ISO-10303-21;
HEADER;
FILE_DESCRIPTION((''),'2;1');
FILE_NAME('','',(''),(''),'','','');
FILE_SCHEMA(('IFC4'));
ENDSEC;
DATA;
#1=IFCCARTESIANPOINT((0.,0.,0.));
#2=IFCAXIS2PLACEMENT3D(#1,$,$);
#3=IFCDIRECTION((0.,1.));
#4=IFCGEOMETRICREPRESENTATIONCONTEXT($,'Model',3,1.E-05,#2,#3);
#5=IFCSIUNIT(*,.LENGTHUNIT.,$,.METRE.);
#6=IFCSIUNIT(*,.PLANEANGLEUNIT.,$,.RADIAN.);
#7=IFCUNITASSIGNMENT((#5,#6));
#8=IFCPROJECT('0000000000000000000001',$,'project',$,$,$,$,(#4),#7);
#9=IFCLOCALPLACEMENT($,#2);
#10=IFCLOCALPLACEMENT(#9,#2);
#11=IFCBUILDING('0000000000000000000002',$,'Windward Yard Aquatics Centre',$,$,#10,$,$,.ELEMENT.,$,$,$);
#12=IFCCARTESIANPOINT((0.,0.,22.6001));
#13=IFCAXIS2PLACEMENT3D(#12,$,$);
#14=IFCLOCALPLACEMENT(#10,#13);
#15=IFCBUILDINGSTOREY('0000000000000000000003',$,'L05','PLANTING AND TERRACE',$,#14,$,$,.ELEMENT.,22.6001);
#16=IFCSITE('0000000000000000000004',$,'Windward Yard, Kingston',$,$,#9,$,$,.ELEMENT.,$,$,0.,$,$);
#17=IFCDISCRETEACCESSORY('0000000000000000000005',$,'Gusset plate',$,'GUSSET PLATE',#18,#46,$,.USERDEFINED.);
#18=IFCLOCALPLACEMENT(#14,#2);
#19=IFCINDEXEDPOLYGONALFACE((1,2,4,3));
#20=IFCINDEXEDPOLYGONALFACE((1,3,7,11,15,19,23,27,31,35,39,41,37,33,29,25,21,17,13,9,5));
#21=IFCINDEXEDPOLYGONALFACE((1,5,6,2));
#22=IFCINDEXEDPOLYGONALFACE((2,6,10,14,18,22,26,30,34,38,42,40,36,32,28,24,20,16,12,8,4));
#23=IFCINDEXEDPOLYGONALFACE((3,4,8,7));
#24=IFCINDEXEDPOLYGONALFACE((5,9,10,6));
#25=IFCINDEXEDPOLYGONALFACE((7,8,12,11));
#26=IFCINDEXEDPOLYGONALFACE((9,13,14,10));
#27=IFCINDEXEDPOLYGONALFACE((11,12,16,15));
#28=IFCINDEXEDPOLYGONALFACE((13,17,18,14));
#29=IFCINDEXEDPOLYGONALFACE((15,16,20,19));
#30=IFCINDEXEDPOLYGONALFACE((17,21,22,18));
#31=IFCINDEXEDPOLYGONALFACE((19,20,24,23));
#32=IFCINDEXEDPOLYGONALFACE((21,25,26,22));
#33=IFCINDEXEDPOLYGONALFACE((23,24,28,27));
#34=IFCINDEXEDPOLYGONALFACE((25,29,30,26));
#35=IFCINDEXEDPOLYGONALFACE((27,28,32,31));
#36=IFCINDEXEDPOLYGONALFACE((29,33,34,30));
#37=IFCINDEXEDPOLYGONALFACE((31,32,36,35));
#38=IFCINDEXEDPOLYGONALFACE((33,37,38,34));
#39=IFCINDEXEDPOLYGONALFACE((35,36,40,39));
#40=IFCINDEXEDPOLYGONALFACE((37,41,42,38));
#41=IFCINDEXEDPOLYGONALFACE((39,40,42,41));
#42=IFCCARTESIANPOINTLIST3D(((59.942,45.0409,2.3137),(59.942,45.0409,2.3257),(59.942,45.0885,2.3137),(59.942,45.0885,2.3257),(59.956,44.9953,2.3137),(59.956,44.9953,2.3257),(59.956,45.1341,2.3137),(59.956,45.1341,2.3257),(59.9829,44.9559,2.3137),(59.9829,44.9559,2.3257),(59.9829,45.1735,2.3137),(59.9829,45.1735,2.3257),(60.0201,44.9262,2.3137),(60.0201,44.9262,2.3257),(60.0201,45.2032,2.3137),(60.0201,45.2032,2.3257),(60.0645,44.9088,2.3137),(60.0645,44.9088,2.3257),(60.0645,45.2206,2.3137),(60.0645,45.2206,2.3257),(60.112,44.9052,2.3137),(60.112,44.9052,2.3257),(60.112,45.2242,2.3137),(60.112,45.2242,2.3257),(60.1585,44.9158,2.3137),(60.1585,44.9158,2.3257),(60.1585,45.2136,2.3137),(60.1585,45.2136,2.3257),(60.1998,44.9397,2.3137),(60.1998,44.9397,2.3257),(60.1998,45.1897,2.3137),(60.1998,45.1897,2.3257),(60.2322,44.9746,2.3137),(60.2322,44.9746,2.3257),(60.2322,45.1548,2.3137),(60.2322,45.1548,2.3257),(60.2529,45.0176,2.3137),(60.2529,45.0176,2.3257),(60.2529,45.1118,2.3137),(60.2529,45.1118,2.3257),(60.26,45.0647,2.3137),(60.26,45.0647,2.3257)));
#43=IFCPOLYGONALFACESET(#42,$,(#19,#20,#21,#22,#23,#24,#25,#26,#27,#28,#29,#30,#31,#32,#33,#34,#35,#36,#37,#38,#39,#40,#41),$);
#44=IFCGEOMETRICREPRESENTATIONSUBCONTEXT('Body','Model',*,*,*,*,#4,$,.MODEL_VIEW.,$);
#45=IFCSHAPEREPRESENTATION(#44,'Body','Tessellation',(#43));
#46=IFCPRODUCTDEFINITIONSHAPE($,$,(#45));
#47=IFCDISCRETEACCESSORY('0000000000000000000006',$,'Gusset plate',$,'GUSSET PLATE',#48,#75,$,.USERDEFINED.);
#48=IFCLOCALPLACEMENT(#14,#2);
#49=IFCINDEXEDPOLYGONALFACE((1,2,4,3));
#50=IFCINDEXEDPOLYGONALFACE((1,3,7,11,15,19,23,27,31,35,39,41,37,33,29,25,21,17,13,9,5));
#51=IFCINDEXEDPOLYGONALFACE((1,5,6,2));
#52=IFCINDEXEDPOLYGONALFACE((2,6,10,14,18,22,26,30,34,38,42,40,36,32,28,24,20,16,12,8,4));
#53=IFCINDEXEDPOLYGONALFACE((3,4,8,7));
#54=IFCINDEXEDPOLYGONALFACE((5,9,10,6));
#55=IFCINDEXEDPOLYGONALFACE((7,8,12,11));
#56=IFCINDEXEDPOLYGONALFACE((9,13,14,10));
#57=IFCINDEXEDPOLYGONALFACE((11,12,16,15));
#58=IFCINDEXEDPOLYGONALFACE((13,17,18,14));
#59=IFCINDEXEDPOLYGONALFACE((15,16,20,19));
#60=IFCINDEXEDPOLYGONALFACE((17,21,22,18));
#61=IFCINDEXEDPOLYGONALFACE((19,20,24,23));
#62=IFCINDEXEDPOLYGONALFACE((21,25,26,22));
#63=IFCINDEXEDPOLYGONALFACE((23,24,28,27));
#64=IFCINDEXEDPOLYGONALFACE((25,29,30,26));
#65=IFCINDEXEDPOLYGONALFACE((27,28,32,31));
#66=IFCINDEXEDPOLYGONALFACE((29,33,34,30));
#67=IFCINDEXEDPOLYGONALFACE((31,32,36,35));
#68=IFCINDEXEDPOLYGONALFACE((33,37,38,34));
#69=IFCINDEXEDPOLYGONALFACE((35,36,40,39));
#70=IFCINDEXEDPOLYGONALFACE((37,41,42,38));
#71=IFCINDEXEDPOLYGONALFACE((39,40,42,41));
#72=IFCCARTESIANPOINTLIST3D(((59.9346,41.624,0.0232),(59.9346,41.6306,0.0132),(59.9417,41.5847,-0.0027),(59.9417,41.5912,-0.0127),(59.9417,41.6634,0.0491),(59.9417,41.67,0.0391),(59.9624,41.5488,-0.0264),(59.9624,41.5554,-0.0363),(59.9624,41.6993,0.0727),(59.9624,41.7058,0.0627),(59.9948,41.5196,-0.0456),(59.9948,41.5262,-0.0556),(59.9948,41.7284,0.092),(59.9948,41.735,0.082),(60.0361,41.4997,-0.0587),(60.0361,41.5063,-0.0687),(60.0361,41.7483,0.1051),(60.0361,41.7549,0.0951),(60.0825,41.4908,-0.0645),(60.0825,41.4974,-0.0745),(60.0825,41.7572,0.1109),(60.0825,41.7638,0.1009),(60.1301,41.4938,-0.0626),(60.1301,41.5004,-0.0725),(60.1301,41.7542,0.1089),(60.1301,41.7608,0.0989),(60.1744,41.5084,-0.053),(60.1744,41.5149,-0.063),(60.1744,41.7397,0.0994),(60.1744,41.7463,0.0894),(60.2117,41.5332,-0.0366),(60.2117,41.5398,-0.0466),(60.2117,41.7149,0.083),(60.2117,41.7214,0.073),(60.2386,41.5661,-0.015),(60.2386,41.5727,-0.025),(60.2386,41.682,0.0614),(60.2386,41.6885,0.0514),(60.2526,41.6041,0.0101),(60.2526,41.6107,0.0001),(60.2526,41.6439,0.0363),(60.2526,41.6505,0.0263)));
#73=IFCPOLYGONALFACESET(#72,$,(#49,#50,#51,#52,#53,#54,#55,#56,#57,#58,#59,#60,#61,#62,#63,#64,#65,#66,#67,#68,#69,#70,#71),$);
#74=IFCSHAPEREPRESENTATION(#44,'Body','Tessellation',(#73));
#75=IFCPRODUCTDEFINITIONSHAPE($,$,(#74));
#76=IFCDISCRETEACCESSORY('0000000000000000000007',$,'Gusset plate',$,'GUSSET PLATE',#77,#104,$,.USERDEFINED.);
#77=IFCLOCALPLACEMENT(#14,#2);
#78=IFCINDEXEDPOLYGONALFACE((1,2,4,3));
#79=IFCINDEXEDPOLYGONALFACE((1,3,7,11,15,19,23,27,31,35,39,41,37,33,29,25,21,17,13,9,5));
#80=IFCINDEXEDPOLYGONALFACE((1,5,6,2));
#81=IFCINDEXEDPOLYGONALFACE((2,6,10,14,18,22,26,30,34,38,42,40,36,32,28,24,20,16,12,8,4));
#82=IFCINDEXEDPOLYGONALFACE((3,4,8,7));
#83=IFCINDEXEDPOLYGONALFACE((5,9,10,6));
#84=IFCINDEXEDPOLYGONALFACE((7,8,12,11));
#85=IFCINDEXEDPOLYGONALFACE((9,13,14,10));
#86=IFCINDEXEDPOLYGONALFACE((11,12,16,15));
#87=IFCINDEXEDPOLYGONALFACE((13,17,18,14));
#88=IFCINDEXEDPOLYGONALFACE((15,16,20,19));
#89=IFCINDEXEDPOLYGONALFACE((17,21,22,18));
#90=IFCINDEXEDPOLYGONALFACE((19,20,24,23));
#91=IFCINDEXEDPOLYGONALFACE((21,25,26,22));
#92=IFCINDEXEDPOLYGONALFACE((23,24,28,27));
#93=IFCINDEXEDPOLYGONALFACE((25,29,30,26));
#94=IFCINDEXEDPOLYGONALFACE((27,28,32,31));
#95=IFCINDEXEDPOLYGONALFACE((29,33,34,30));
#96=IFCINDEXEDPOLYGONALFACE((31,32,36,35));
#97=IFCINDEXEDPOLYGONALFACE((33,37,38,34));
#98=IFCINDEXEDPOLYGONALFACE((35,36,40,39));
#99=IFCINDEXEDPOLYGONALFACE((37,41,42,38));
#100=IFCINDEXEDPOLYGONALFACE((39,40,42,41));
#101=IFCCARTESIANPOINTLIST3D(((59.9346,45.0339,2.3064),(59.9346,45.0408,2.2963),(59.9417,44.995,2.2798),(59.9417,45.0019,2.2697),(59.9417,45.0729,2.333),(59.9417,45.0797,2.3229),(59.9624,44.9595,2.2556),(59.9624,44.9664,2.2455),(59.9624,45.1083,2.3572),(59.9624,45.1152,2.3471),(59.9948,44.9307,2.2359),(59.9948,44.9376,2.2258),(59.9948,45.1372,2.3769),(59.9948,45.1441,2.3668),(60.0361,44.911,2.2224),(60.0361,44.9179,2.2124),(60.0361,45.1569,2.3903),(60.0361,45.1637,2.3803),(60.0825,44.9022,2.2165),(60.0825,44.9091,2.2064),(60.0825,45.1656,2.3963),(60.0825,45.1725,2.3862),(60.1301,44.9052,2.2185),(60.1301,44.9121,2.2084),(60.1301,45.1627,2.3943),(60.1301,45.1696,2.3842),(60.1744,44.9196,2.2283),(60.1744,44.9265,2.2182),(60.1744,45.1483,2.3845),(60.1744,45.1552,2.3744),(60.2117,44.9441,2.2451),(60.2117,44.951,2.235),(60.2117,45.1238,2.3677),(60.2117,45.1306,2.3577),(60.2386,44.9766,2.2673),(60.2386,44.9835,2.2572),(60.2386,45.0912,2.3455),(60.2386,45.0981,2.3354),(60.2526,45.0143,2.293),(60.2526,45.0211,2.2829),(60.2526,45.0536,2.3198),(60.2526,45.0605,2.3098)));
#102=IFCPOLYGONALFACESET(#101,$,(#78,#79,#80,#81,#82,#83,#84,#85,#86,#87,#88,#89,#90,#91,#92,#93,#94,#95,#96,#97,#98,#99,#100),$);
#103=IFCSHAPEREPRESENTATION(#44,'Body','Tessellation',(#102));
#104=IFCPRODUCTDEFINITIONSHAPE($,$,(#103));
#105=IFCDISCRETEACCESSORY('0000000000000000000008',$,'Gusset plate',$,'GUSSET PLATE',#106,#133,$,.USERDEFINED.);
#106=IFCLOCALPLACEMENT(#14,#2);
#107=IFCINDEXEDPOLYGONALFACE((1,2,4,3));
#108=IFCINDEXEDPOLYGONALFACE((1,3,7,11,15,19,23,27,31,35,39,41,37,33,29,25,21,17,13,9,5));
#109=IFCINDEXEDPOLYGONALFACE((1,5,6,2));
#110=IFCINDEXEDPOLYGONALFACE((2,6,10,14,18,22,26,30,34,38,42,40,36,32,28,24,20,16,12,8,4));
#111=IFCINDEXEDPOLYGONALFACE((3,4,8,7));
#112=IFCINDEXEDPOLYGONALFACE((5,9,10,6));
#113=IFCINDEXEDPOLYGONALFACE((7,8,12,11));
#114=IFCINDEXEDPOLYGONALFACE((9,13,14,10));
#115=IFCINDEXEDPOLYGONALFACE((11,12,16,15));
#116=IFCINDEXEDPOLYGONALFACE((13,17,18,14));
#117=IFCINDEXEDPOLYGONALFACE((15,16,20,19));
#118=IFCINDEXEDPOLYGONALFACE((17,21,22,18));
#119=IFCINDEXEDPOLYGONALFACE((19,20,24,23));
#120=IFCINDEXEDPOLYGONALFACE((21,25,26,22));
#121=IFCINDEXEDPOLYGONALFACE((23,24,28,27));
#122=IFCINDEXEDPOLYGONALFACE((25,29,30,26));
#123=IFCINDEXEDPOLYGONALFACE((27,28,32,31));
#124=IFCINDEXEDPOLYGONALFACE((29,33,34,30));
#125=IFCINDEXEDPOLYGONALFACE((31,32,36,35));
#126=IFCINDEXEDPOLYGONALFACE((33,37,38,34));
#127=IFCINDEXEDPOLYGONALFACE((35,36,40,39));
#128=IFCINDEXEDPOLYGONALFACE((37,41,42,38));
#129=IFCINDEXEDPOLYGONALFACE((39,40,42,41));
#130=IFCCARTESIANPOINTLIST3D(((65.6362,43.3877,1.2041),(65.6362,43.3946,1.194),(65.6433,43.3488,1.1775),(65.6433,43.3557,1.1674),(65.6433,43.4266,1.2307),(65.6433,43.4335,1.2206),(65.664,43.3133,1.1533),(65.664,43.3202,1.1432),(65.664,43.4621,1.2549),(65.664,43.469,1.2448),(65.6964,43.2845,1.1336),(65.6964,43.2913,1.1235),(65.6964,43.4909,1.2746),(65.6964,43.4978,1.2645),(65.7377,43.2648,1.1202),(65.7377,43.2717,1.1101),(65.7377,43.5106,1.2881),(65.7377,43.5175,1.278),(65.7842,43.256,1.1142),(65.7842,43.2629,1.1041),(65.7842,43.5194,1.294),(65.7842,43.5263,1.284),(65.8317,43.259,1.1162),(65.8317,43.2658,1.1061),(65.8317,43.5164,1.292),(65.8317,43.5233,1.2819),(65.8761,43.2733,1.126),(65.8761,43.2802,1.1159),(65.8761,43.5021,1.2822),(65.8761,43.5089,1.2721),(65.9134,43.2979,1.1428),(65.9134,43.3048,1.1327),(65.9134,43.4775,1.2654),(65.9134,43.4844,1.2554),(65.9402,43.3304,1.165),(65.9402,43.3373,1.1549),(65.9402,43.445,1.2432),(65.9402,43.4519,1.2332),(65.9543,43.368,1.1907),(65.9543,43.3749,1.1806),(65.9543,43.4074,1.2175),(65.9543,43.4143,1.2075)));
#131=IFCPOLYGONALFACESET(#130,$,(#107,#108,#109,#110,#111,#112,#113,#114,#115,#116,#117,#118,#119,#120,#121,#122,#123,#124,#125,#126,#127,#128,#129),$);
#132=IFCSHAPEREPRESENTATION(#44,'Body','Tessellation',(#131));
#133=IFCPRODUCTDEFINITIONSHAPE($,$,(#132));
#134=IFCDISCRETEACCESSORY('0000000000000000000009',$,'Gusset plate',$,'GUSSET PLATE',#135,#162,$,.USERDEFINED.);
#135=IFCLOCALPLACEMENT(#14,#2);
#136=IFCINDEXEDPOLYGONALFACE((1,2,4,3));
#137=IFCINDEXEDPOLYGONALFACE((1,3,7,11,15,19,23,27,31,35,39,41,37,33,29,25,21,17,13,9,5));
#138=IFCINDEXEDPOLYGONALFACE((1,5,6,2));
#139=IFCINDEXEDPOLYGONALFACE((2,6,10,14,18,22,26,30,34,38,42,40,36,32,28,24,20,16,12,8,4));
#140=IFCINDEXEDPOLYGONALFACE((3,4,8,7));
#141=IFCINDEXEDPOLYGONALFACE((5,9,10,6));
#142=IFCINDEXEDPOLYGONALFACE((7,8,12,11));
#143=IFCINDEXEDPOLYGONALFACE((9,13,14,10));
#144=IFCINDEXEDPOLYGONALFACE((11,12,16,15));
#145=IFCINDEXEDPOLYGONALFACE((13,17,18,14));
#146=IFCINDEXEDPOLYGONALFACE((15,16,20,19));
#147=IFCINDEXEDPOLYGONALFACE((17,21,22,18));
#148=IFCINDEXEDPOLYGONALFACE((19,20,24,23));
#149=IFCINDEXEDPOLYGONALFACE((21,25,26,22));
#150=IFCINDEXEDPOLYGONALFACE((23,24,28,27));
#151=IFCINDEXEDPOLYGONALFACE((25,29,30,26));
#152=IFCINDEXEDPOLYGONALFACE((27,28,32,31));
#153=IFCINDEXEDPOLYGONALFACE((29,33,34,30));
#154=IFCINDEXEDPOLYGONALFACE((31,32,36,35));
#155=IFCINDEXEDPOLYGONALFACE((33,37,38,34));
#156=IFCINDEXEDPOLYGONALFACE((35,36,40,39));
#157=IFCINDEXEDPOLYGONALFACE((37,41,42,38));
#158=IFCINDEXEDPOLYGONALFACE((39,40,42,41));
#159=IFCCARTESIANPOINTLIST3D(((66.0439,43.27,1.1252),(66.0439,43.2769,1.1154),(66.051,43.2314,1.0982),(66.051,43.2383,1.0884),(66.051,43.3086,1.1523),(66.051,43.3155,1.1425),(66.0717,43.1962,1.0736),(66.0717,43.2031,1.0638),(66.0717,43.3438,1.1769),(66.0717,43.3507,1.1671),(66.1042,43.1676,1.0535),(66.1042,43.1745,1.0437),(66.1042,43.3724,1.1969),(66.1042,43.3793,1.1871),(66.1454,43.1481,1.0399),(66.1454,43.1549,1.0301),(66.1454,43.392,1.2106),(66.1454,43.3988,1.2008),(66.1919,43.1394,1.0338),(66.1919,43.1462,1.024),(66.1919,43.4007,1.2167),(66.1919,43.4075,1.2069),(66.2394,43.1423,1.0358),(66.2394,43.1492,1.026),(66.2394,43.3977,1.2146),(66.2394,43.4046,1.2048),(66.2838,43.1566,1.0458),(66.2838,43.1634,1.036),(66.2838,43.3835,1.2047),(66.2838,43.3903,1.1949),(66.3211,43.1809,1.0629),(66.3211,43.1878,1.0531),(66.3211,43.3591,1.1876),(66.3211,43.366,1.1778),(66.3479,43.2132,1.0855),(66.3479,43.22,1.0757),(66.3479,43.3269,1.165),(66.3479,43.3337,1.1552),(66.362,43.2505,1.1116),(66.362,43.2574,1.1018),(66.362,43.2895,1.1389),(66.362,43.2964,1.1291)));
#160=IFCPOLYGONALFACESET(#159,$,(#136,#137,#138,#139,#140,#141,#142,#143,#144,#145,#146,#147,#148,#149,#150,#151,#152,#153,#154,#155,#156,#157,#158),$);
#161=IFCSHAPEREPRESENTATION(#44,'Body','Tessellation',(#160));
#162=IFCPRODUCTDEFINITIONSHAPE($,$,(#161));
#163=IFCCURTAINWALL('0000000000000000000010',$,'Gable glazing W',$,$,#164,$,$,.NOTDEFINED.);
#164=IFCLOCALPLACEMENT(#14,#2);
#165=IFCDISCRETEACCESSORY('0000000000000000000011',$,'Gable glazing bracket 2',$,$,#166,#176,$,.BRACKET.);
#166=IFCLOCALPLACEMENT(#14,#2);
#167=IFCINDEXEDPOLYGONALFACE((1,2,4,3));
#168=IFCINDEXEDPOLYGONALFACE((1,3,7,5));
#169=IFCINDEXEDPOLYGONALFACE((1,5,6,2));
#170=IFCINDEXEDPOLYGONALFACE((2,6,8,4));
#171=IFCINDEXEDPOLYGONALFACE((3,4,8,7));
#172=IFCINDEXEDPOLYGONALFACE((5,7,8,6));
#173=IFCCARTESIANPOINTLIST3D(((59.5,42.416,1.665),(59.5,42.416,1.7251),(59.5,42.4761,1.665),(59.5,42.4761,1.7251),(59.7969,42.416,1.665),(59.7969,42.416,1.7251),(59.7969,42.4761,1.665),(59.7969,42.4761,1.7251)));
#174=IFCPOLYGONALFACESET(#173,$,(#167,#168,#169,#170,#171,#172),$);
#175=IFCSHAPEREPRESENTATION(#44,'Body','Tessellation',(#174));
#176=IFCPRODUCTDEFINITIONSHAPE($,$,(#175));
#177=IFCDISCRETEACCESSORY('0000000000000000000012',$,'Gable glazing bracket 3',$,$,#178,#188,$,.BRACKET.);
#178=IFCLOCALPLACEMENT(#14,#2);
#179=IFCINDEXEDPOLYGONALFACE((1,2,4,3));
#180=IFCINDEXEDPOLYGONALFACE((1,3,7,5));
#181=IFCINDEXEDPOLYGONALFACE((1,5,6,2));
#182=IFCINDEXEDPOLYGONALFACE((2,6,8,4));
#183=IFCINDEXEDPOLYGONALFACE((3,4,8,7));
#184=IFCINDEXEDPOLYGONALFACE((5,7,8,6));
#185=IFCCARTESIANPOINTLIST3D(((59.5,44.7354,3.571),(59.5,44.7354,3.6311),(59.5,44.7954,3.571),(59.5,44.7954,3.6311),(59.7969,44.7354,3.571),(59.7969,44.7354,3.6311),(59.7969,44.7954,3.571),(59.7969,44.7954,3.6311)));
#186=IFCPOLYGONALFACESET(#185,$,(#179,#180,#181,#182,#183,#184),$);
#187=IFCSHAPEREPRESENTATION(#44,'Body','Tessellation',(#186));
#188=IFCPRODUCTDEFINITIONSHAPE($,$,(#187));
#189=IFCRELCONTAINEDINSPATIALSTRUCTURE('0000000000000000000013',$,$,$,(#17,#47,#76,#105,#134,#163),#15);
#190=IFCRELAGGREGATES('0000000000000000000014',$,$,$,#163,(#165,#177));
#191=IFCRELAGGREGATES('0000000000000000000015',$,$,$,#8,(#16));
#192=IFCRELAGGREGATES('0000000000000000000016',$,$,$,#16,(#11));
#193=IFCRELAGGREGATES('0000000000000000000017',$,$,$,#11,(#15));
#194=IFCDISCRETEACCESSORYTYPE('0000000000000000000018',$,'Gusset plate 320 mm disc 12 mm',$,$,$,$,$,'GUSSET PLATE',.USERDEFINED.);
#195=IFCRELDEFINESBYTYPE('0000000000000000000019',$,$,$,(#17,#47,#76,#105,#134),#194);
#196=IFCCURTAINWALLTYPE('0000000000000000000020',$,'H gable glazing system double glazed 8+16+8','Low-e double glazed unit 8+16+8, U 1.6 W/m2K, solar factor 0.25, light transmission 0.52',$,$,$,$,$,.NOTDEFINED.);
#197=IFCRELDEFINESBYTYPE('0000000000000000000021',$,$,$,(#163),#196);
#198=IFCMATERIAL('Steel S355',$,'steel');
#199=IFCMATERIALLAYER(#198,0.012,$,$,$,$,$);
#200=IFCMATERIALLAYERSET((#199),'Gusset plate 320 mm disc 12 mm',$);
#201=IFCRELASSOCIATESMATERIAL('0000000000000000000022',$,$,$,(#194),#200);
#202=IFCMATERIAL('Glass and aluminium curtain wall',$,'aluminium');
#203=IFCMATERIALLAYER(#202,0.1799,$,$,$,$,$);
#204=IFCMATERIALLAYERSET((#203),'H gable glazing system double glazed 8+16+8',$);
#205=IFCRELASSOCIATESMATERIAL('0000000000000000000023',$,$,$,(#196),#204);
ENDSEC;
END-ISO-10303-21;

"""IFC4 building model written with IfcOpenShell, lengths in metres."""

from ifc_helpers import new_model, si_unit, direction, frame, origin, origin_2d, place, context, subcontext, project, spatial, rectangle, circle, extrude, material, layer, layer_set, type_object, element, aggregate, save


model = new_model("IFC4")

# Units and contexts
model_context = context("Model", 3, precision=1e-05, world=origin(), true_north=direction((0.0, 1.0)))
body_context = subcontext(model_context, "Body", "Model", "MODEL_VIEW")
ifc_project = project(units=[si_unit("LENGTHUNIT", "METRE"), si_unit("PLANEANGLEUNIT", "RADIAN")], contexts=[model_context])

# Site, building, storey
site_placement = place(None, origin())
site = spatial("IfcSite", under=ifc_project, at=site_placement, Name="Windward Yard, Kingston", CompositionType="ELEMENT", RefElevation=0.0)
building_placement = place(site_placement, origin())
building = spatial("IfcBuilding", under=site, at=building_placement, Name="Windward Yard Aquatics Centre", CompositionType="ELEMENT")
storey_placement = place(building_placement, frame((0.0, 0.0, 22.6001)))
storey = spatial("IfcBuildingStorey", under=building, at=storey_placement, Name="L05", Description="PLANTING AND TERRACE", CompositionType="ELEMENT", Elevation=22.6001)

# Discrete accessories
ifc_material_1 = material(Name="Steel S355", Category="steel")
ifc_layer_1 = layer(ifc_material_1, 0.012)
ifc_layer_set_1 = layer_set([ifc_layer_1], Name="Gusset plate 320 mm disc 12 mm")
discrete_accessory_type = type_object("IfcDiscreteAccessoryType", Name="Gusset plate 320 mm disc 12 mm", ElementType="GUSSET PLATE", PredefinedType="USERDEFINED", material=ifc_layer_set_1)
for number, where, z_axis, x_axis, name in (
    (1, (60.1001, 45.0647, 2.3137), (0.0, 0.0, 1.0), (1.0, 0.0, 0.0), "Gusset plate"),
    (2, (60.0945, 41.624, 0.0232), (0.0, 0.549991, -0.835171), (-1.0, 0.0, 0.0), "Gusset plate"),
):
    element("IfcDiscreteAccessory", number, at=place(storey_placement, frame(where, z_axis=z_axis, x_axis=x_axis)), inside=storey, type_object=discrete_accessory_type, Name=name, ObjectType="GUSSET PLATE", PredefinedType="USERDEFINED", context=body_context, shape_type="SweptSolid", body=[
        extrude(circle(Radius=0.1599, at=origin_2d()), origin(), (0.0, 0.0, 1.0), 0.012),
    ])
for number, where, z_axis, x_axis, name in (
    (3, (60.0945, 45.0339, 2.3064), (0.0, 0.563962, -0.825801), (-1.0, 0.0, 0.0), "Gusset plate"),
    (4, (65.7961, 43.3877, 1.2041), (0.0, 0.563962, -0.825801), (-1.0, 0.0, 0.0), "Gusset plate"),
):
    element("IfcDiscreteAccessory", number, at=place(storey_placement, frame(where, z_axis=z_axis, x_axis=x_axis)), inside=storey, type_object=discrete_accessory_type, Name=name, ObjectType="GUSSET PLATE", PredefinedType="USERDEFINED", context=body_context, shape_type="SweptSolid", body=[
        extrude(circle(Radius=0.1599, at=origin_2d()), origin(), (0.0, 0.0, 1.0), 0.0122),
    ])
discrete_accessory_1_placement = place(storey_placement, frame((66.2039, 43.27, 1.1252), z_axis=(0.0, 0.573462, -0.819232), x_axis=(-1.0, 0.0, 0.0)))
element("IfcDiscreteAccessory", 5, at=discrete_accessory_1_placement, inside=storey, type_object=discrete_accessory_type, Name="Gusset plate", ObjectType="GUSSET PLATE", PredefinedType="USERDEFINED", context=body_context, shape_type="SweptSolid", body=[
    extrude(circle(Radius=0.1599, at=origin_2d()), origin(), (0.0, 0.0, 1.0), 0.012),
])

# Curtain wall, discrete accessories
ifc_material_2 = material(Name="Glass and aluminium curtain wall", Category="aluminium")
ifc_layer_2 = layer(ifc_material_2, 0.1799)
ifc_layer_set_2 = layer_set([ifc_layer_2], Name="H gable glazing system double glazed 8+16+8")
curtain_wall_type = type_object("IfcCurtainWallType", Name="H gable glazing system double glazed 8+16+8", Description="Low-e double glazed unit 8+16+8, U 1.6 W/m2K, solar factor 0.25, light transmission 0.52", PredefinedType="NOTDEFINED", material=ifc_layer_set_2)
curtain_wall_placement = place(storey_placement, origin())
curtain_wall = element("IfcCurtainWall", 6, at=curtain_wall_placement, inside=storey, type_object=curtain_wall_type, Name="Gable glazing W", PredefinedType="NOTDEFINED")
discrete_accessory_2_placement = place(storey_placement, frame((59.5, 42.446, 1.6951), z_axis=(1.0, 0.0, 0.0), x_axis=(0.0, 1.0, 0.0)))
discrete_accessory_2 = element("IfcDiscreteAccessory", 7, at=discrete_accessory_2_placement, Name="Gable glazing bracket 2", PredefinedType="BRACKET", context=body_context, shape_type="SweptSolid", body=[
    extrude(rectangle(XDim=0.0601, YDim=0.0601, at=origin_2d()), origin(), (0.0, 0.0, 1.0), 0.2969),
])
discrete_accessory_3_placement = place(storey_placement, frame((59.5, 44.7654, 3.6011), z_axis=(1.0, 0.0, 0.0), x_axis=(0.0, 1.0, 0.0)))
discrete_accessory_3 = element("IfcDiscreteAccessory", 8, at=discrete_accessory_3_placement, Name="Gable glazing bracket 3", PredefinedType="BRACKET", context=body_context, shape_type="SweptSolid", body=[
    extrude(rectangle(XDim=0.0601, YDim=0.0601, at=origin_2d()), origin(), (0.0, 0.0, 1.0), 0.2969),
])
aggregate(curtain_wall, [discrete_accessory_2, discrete_accessory_3])

save(model, "model.ifc")
